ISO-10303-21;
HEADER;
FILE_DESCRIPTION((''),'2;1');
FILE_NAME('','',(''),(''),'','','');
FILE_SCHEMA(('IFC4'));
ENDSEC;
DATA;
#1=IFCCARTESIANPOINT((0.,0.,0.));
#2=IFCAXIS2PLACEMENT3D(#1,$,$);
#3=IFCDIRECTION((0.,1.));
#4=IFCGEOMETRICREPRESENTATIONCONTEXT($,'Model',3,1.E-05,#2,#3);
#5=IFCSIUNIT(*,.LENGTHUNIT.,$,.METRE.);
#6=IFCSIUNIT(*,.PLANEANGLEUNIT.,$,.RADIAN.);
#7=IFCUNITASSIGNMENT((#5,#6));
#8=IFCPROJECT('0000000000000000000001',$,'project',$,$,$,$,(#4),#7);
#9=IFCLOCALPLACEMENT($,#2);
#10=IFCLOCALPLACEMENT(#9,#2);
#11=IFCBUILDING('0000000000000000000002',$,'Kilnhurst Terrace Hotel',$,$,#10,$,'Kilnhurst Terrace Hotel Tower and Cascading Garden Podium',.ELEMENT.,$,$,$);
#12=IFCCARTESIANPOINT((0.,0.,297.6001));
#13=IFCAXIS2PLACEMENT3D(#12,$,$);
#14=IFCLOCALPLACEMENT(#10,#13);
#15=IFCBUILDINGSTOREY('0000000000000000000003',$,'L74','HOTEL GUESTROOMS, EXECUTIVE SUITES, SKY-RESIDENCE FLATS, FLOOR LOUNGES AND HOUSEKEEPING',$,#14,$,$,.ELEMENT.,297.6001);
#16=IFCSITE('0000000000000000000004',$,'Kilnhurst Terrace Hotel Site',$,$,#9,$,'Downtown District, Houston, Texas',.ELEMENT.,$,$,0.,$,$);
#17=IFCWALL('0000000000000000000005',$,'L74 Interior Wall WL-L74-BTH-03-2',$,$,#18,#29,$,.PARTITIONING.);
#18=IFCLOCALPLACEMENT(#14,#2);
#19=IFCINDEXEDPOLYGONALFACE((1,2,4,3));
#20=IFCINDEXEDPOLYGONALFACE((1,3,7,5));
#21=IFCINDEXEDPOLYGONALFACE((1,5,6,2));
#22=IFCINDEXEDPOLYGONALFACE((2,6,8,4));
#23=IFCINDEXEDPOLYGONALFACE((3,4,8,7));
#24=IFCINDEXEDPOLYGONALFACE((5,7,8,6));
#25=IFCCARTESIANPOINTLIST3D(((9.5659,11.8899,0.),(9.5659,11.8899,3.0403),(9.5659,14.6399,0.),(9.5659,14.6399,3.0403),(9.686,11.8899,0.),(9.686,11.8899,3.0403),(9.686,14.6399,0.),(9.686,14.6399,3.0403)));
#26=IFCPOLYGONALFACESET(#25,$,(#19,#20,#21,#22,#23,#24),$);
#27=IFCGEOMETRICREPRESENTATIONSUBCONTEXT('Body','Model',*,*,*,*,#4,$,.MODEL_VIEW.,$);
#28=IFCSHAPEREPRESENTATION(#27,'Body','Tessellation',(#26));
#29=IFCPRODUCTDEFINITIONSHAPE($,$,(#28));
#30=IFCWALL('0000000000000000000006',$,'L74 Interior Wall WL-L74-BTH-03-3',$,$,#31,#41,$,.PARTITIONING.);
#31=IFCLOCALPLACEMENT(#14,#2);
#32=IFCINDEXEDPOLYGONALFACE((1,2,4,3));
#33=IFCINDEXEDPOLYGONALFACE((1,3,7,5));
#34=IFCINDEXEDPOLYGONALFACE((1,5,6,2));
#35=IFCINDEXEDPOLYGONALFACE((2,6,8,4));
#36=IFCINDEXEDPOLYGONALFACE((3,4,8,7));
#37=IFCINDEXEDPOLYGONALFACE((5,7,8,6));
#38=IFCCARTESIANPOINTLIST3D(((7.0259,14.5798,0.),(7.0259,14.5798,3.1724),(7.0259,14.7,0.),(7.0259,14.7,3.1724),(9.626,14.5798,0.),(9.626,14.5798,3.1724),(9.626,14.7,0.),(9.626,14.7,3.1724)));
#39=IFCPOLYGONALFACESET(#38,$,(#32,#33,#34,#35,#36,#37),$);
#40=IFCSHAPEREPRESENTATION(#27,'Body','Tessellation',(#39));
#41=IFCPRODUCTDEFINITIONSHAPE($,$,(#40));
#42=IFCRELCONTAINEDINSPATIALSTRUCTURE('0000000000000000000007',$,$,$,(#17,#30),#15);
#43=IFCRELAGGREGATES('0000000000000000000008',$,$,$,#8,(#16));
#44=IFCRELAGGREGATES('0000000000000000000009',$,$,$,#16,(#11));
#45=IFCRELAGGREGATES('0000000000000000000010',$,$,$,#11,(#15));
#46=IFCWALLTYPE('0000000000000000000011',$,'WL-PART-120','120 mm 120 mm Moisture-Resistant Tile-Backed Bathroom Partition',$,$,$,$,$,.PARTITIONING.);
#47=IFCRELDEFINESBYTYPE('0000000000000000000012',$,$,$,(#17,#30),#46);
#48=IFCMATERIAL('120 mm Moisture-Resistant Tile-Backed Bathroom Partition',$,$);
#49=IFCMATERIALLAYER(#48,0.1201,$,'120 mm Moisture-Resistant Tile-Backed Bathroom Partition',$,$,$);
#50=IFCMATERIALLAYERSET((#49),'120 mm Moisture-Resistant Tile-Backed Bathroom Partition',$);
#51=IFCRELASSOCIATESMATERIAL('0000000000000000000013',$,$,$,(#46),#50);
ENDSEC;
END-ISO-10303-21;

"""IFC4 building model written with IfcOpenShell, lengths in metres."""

from ifc_helpers import new_model, si_unit, direction, frame, frame_2d, origin, place, context, subcontext, project, spatial, rectangle, extrude, material, layer, layer_set, type_object, element, save


model = new_model("IFC4")

# Units and contexts
model_context = context("Model", 3, precision=1e-05, world=origin(), true_north=direction((0.0, 1.0)))
body_context = subcontext(model_context, "Body", "Model", "MODEL_VIEW")
ifc_project = project(units=[si_unit("LENGTHUNIT", "METRE"), si_unit("PLANEANGLEUNIT", "RADIAN")], contexts=[model_context])

# Site, building, storey
site_placement = place(None, origin())
site = spatial("IfcSite", under=ifc_project, at=site_placement, Name="Kilnhurst Terrace Hotel Site", LongName="Downtown District, Houston, Texas", CompositionType="ELEMENT", RefElevation=0.0)
building_placement = place(site_placement, origin())
building = spatial("IfcBuilding", under=site, at=building_placement, Name="Kilnhurst Terrace Hotel", LongName="Kilnhurst Terrace Hotel Tower and Cascading Garden Podium", CompositionType="ELEMENT")
storey_placement = place(building_placement, frame((0.0, 0.0, 297.6001)))
storey = spatial("IfcBuildingStorey", under=building, at=storey_placement, Name="L74", Description="HOTEL GUESTROOMS, EXECUTIVE SUITES, SKY-RESIDENCE FLATS, FLOOR LOUNGES AND HOUSEKEEPING", CompositionType="ELEMENT", Elevation=297.6001)

# Walls
ifc_material_1 = material(Name="120 mm Moisture-Resistant Tile-Backed Bathroom Partition")
ifc_layer_1 = layer(ifc_material_1, 0.1201, Name="120 mm Moisture-Resistant Tile-Backed Bathroom Partition")
ifc_layer_set_1 = layer_set([ifc_layer_1], Name="120 mm Moisture-Resistant Tile-Backed Bathroom Partition")
wall_type_1 = type_object("IfcWallType", Name="WL-PART-120", Description="120 mm 120 mm Moisture-Resistant Tile-Backed Bathroom Partition", PredefinedType="PARTITIONING", material=ifc_layer_set_1)
wall_1_placement = place(storey_placement, frame((9.626, 11.8899, 0.0), z_axis=(0.0, 0.0, 1.0), x_axis=(0.0, 1.0, 0.0)))
element("IfcWall", 1, at=wall_1_placement, inside=storey, type_object=wall_type_1, Name="L74 Interior Wall WL-L74-BTH-03-2", PredefinedType="PARTITIONING", context=body_context, shape_type="SweptSolid", body=[
    extrude(rectangle(XDim=2.75, YDim=0.1201, at=frame_2d((1.375, 0.0))), origin(), (0.0, 0.0, 1.0), 3.0403),
])
wall_2_placement = place(storey_placement, frame((9.626, 14.6399, 0.0), z_axis=(0.0, 0.0, 1.0), x_axis=(-1.0, 0.0, 0.0)))
element("IfcWall", 2, at=wall_2_placement, inside=storey, type_object=wall_type_1, Name="L74 Interior Wall WL-L74-BTH-03-3", PredefinedType="PARTITIONING", context=body_context, shape_type="SweptSolid", body=[
    extrude(rectangle(XDim=2.6001, YDim=0.1201, at=frame_2d((1.3, 0.0))), origin(), (0.0, 0.0, 1.0), 3.1724),
])

save(model, "model.ifc")
